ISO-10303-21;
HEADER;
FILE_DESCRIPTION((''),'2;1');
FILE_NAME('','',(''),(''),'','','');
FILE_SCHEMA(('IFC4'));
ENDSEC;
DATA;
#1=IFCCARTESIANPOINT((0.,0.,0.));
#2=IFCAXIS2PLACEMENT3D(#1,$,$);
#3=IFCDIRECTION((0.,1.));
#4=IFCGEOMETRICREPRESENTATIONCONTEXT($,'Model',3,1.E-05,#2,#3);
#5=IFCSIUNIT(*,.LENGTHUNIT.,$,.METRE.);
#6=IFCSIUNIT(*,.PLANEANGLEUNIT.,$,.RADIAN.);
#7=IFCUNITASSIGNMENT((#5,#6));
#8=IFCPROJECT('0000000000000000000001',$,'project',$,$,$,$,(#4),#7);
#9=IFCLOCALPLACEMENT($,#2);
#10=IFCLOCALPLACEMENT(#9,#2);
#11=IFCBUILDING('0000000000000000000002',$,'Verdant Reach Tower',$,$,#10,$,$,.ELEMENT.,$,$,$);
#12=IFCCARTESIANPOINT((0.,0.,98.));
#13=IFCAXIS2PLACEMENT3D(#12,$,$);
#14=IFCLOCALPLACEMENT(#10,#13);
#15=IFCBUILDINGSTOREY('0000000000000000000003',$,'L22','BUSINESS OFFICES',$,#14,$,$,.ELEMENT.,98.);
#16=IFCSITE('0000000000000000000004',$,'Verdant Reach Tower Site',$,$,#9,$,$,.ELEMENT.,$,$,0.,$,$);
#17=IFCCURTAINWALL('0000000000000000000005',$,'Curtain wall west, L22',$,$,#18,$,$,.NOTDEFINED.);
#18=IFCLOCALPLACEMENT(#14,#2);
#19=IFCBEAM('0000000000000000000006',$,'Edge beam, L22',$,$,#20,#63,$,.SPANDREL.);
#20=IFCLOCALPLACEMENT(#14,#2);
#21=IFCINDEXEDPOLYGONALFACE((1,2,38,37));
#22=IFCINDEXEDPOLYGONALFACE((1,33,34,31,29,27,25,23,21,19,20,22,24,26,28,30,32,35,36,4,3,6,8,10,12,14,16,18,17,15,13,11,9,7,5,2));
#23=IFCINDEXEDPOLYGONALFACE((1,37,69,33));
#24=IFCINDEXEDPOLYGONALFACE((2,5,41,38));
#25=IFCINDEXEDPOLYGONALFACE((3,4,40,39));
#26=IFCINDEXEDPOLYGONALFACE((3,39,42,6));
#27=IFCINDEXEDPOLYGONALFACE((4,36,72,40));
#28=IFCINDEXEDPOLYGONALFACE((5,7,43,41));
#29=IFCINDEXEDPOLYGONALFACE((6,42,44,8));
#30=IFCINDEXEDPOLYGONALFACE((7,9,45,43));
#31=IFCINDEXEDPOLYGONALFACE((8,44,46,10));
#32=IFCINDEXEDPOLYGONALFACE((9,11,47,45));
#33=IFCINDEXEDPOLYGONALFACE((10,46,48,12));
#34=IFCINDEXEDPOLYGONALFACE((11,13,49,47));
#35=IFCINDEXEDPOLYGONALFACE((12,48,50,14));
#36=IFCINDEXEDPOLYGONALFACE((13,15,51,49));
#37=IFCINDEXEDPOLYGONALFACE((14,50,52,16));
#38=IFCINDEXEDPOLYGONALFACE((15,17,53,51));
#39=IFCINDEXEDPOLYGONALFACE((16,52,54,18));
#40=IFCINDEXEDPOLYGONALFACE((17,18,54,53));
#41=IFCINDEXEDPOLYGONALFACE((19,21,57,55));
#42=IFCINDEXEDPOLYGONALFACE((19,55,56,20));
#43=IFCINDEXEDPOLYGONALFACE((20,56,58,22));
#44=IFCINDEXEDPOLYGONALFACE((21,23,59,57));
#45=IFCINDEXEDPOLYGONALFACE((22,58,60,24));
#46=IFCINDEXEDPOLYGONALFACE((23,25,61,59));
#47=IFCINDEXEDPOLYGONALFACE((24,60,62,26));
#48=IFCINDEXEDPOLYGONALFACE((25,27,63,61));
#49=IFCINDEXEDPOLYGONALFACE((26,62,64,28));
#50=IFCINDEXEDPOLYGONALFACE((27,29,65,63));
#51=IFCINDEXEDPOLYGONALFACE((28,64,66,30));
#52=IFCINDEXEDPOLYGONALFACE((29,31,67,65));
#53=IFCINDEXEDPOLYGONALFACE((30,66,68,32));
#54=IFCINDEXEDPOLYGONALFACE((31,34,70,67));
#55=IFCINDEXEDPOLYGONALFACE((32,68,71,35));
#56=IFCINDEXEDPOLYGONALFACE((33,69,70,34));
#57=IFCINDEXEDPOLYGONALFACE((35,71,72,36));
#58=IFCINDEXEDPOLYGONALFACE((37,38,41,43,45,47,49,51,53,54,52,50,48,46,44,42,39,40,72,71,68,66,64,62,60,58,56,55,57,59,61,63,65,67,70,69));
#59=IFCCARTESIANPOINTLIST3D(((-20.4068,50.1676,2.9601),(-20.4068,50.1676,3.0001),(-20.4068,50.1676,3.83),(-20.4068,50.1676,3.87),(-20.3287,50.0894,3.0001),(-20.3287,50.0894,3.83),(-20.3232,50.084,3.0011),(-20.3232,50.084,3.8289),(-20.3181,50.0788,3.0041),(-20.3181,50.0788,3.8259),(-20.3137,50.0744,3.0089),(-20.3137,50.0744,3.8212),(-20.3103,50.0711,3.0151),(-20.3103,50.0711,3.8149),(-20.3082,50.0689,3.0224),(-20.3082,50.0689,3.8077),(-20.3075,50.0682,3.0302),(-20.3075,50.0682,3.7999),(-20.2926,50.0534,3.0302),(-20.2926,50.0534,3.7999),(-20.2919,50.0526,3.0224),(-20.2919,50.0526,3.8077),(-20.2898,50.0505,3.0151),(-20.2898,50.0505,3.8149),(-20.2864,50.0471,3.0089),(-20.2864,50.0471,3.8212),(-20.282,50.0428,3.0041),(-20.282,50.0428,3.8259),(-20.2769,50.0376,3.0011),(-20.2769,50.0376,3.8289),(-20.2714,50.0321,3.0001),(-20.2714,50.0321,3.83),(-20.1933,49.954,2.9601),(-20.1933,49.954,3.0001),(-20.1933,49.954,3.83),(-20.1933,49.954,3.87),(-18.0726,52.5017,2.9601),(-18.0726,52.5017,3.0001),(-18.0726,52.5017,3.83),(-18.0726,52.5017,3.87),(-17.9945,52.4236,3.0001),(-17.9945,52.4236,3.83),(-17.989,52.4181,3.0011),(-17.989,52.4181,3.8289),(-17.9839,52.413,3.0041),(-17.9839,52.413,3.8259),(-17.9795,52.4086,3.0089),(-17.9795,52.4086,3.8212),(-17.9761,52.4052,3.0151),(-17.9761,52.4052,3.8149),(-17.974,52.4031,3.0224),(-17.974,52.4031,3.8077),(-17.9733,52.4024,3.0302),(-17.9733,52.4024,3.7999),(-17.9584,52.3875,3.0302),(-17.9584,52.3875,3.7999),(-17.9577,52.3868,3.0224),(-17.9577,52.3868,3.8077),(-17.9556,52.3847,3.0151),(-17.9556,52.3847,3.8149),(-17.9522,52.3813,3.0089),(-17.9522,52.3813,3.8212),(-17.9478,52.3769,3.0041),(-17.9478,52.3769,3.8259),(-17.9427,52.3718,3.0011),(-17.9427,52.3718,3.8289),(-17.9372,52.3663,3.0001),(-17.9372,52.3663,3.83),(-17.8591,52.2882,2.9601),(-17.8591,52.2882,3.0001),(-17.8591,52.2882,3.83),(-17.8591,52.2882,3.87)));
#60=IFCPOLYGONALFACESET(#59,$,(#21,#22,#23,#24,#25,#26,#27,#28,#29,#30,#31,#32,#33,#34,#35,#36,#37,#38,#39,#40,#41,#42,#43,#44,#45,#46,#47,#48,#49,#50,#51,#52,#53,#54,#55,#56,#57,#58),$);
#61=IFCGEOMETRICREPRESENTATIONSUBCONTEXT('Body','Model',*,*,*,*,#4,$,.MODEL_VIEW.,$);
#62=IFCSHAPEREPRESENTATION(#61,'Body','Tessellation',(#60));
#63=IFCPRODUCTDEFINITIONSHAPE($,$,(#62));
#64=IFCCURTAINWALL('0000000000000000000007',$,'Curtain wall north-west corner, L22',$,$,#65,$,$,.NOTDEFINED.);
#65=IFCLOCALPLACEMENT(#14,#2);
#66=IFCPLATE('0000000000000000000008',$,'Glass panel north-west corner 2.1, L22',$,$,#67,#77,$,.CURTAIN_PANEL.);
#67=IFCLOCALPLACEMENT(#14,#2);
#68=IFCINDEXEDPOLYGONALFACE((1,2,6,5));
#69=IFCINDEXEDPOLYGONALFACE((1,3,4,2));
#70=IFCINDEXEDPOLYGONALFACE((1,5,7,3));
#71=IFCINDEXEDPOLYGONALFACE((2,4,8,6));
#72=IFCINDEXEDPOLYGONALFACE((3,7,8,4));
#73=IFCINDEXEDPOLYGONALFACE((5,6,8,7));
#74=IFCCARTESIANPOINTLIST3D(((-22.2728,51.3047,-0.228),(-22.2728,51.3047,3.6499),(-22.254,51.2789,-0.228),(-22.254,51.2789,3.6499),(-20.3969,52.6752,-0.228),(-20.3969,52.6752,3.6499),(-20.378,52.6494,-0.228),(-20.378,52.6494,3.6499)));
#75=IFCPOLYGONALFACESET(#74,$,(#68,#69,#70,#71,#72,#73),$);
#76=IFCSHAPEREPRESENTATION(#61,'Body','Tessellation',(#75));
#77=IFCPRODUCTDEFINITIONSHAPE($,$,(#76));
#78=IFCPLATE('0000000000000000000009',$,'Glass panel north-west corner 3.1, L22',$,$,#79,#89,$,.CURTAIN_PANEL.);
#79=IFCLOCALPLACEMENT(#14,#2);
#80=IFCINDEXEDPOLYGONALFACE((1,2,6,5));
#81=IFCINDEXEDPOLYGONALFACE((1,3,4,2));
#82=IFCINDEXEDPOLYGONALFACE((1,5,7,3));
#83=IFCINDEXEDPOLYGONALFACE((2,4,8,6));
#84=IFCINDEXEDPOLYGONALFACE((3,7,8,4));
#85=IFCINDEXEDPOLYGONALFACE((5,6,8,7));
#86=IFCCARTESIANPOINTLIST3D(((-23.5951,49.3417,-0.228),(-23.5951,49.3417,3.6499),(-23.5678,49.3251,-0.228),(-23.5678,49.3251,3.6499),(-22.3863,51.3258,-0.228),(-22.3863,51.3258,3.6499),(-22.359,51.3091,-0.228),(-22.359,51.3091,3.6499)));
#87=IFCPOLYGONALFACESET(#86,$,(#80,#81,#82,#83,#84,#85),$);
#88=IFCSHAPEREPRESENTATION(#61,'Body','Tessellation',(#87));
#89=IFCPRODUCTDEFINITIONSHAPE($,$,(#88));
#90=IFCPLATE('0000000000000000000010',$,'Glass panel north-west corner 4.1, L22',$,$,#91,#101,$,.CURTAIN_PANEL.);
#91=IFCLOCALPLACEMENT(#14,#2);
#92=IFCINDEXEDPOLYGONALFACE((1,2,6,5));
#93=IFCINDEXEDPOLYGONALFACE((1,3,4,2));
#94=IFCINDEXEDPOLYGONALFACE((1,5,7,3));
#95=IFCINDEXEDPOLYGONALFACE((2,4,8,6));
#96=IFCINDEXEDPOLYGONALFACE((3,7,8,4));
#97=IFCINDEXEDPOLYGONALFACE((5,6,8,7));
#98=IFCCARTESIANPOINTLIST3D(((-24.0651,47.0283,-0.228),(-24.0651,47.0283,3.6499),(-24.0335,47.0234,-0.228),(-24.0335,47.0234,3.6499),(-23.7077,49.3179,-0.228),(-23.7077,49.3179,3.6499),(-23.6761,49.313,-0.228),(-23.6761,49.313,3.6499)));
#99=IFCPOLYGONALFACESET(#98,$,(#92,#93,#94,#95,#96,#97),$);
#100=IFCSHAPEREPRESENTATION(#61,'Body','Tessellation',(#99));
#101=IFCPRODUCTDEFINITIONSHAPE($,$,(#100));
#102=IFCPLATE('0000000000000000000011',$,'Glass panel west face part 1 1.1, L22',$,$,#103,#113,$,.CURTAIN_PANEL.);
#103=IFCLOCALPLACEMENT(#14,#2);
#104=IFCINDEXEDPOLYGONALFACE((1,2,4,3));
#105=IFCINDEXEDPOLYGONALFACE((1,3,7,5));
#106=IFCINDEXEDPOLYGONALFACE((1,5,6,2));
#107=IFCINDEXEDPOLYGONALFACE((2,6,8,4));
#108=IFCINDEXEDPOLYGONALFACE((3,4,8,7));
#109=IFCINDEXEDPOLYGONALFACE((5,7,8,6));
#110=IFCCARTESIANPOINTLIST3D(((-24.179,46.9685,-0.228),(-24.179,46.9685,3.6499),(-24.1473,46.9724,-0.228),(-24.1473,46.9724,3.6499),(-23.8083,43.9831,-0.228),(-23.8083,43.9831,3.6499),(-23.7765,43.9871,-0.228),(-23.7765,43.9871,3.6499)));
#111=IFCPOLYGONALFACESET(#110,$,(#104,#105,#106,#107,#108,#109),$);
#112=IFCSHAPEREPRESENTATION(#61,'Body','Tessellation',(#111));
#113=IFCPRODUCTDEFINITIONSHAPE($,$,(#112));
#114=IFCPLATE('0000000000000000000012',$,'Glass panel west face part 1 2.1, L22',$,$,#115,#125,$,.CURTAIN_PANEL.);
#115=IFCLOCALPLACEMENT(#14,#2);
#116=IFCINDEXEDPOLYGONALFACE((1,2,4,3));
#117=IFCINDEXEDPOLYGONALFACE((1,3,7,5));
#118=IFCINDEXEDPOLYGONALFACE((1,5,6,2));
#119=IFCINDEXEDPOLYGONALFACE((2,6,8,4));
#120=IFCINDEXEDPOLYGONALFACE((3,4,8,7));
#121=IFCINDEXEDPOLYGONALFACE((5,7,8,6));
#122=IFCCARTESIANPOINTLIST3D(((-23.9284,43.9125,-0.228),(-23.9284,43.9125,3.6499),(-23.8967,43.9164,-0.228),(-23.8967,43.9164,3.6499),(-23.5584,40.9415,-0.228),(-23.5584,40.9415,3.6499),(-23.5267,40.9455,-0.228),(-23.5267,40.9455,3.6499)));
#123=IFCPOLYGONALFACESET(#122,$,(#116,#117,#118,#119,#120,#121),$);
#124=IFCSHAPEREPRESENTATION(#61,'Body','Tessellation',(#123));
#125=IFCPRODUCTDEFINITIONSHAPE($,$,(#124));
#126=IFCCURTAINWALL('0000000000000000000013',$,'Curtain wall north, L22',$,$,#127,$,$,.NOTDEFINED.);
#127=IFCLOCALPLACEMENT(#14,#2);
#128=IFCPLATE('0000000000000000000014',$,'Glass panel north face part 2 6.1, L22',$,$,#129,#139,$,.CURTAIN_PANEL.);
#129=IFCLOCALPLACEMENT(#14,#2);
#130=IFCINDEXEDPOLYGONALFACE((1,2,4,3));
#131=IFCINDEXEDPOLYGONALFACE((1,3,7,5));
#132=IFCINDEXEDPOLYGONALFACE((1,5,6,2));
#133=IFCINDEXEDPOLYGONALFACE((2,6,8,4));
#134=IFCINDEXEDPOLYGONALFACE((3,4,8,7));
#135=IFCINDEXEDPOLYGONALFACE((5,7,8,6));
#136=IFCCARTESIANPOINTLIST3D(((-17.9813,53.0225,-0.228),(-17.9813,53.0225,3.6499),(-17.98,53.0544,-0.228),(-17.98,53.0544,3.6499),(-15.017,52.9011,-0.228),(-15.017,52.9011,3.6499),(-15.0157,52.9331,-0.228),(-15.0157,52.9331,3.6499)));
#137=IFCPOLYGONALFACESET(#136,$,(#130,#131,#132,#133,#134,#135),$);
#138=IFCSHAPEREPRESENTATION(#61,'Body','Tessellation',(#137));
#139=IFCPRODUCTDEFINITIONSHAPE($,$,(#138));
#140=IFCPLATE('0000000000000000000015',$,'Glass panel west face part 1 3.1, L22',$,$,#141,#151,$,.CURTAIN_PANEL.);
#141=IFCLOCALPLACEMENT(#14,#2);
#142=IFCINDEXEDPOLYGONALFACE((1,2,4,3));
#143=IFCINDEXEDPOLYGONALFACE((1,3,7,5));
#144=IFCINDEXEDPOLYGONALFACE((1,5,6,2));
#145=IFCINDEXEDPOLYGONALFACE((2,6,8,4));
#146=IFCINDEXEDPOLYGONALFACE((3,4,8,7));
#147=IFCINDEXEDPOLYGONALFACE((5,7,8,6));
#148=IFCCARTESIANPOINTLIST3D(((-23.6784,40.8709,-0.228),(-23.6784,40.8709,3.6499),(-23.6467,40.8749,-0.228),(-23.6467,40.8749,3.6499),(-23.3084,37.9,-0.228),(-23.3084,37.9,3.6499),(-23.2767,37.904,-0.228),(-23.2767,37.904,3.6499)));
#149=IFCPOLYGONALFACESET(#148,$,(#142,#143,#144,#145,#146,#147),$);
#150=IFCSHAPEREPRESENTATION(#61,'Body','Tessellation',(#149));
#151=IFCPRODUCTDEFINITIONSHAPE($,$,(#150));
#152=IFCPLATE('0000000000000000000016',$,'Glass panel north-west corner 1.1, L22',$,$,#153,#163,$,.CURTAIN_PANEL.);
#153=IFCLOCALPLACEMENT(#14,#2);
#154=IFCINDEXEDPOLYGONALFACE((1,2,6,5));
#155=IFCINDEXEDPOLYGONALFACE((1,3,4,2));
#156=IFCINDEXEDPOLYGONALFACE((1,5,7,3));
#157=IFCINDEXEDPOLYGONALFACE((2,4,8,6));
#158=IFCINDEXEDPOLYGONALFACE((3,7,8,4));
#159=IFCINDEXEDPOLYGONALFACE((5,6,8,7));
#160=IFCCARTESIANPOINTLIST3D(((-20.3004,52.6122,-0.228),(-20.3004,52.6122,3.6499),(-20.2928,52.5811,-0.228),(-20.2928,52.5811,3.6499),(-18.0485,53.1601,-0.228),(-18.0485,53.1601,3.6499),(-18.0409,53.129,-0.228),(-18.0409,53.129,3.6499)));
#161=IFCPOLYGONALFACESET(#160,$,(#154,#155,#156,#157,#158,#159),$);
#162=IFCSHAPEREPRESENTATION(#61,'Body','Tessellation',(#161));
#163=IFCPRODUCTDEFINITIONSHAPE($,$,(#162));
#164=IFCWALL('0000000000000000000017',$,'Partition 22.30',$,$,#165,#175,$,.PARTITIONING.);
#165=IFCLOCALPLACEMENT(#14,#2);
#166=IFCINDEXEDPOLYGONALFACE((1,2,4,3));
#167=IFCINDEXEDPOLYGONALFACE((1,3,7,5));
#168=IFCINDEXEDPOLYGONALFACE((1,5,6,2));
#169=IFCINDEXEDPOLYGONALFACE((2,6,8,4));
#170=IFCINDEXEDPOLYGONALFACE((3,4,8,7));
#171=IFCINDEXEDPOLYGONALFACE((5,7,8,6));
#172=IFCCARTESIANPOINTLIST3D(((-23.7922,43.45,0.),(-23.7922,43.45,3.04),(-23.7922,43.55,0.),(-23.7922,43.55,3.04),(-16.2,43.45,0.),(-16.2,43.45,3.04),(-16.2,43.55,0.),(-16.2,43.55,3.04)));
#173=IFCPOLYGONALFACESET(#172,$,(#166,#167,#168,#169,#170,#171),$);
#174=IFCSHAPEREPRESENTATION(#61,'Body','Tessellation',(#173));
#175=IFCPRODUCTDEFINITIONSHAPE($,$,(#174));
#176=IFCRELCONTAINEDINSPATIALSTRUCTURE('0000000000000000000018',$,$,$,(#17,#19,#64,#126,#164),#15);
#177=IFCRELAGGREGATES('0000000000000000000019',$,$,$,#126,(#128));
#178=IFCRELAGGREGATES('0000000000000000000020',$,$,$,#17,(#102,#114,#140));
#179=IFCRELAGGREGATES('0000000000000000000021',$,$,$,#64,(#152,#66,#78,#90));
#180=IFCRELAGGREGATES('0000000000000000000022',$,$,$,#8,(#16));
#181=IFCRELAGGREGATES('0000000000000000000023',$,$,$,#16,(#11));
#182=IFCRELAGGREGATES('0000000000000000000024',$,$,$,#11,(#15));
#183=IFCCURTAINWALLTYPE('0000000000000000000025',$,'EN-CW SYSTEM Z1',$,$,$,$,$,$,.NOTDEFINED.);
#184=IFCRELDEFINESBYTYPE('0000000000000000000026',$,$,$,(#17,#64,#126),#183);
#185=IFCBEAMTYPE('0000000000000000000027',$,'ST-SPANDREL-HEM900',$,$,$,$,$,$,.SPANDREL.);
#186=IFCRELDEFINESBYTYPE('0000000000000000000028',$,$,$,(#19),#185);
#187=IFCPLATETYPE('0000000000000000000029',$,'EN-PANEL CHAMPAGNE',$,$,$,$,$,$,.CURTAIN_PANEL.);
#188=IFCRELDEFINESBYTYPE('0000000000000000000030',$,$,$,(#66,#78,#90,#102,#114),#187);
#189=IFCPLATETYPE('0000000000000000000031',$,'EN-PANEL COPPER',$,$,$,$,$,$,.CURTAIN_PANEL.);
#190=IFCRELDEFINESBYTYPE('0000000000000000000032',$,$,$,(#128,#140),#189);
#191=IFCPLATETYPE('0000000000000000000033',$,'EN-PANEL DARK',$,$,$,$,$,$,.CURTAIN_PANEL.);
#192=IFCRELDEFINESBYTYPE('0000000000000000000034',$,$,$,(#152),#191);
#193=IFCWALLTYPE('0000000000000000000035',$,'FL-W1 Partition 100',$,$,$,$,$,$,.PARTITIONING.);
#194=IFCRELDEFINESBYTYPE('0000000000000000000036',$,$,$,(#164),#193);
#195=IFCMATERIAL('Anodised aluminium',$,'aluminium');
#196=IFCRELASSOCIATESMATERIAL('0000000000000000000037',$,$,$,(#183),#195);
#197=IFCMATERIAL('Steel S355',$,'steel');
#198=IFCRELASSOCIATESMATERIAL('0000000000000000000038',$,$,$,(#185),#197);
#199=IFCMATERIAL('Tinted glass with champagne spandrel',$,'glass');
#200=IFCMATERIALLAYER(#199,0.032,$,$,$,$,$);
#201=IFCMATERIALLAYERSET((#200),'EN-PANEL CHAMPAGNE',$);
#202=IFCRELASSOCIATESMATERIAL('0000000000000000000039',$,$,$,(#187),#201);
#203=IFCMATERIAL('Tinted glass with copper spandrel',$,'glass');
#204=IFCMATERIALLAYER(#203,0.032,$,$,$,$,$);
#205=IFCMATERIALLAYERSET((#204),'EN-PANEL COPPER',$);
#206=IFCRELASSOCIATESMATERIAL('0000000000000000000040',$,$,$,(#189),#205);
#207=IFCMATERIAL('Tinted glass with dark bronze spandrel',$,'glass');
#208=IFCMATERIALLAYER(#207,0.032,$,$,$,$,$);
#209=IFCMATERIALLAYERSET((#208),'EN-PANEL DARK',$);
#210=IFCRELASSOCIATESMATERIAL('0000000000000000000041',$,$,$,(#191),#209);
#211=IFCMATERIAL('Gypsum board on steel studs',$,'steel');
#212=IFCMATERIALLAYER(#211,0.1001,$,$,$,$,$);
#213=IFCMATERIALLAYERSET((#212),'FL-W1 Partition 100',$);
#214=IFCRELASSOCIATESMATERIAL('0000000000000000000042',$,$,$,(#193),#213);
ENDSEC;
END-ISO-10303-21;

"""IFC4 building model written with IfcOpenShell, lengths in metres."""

from ifc_helpers import new_model, si_unit, direction, frame, frame_2d, origin, origin_2d, place, context, subcontext, project, spatial, rectangle, i_section, extrude, material, layer, layer_set, material_profile, profile_set, type_object, element, aggregate, save


model = new_model("IFC4")

# Units and contexts
model_context = context("Model", 3, precision=1e-05, world=origin(), true_north=direction((0.0, 1.0)))
body_context = subcontext(model_context, "Body", "Model", "MODEL_VIEW")
ifc_project = project(units=[si_unit("LENGTHUNIT", "METRE"), si_unit("PLANEANGLEUNIT", "RADIAN")], contexts=[model_context])

# Site, building, storey
site_placement = place(None, origin())
site = spatial("IfcSite", under=ifc_project, at=site_placement, Name="Verdant Reach Tower Site", CompositionType="ELEMENT", RefElevation=0.0)
building_placement = place(site_placement, origin())
building = spatial("IfcBuilding", under=site, at=building_placement, Name="Verdant Reach Tower", CompositionType="ELEMENT")
storey_placement = place(building_placement, frame((0.0, 0.0, 98.0)))
storey = spatial("IfcBuildingStorey", under=building, at=storey_placement, Name="L22", Description="BUSINESS OFFICES", CompositionType="ELEMENT", Elevation=98.0)

# Curtain wall
ifc_material_1 = material(Name="Anodised aluminium", Category="aluminium")
curtain_wall_type = type_object("IfcCurtainWallType", Name="EN-CW SYSTEM Z1", PredefinedType="NOTDEFINED", material=ifc_material_1)
curtain_wall_1_placement = place(storey_placement, origin())
curtain_wall_1 = element("IfcCurtainWall", 1, at=curtain_wall_1_placement, inside=storey, type_object=curtain_wall_type, Name="Curtain wall west, L22", PredefinedType="NOTDEFINED")

# Beam
ifc_material_2 = material(Name="Steel S355", Category="steel")
ifc_material_profile_1 = material_profile(ifc_material_2, i_section(OverallWidth=0.302, OverallDepth=0.9099, WebThickness=0.021, FlangeThickness=0.04, FilletRadius=0.03, at=origin_2d()), Name="HEM 900")
ifc_profile_set_1 = profile_set([ifc_material_profile_1], Name="Steel S355")
beam_type_1 = type_object("IfcBeamType", Name="ST-SPANDREL-HEM900", PredefinedType="SPANDREL", material=ifc_profile_set_1)
beam_1_placement = place(storey_placement, frame((-20.3, 50.0608, 3.415), z_axis=(0.707107, 0.707107, 0.0), x_axis=(-0.707107, 0.707107, 0.0)))
element("IfcBeam", 2, at=beam_1_placement, inside=storey, type_object=beam_type_1, Name="Edge beam, L22", PredefinedType="SPANDREL", context=body_context, shape_type="SweptSolid", body=[
    extrude(i_section(OverallWidth=0.302, OverallDepth=0.9099, WebThickness=0.021, FlangeThickness=0.04, FilletRadius=0.03, at=origin_2d()), origin(), (0.0, 0.0, 1.0), 3.301),
])

# Curtain wall, plates
curtain_wall_2_placement = place(storey_placement, origin())
curtain_wall_2 = element("IfcCurtainWall", 3, at=curtain_wall_2_placement, inside=storey, type_object=curtain_wall_type, Name="Curtain wall north-west corner, L22", PredefinedType="NOTDEFINED")
ifc_material_3 = material(Name="Tinted glass with champagne spandrel", Category="glass")
ifc_layer_1 = layer(ifc_material_3, 0.032)
ifc_layer_set_1 = layer_set([ifc_layer_1], Name="EN-PANEL CHAMPAGNE")
plate_type_1 = type_object("IfcPlateType", Name="EN-PANEL CHAMPAGNE", PredefinedType="CURTAIN_PANEL", material=ifc_layer_set_1)
plate_1_placement = place(storey_placement, frame((-21.3254, 51.9771, -0.228), z_axis=(0.0, 0.0, 1.0), x_axis=(-0.807457, -0.589927, 0.0)))
plate_1 = element("IfcPlate", 4, at=plate_1_placement, type_object=plate_type_1, Name="Glass panel north-west corner 2.1, L22", PredefinedType="CURTAIN_PANEL", context=body_context, shape_type="SweptSolid", body=[
    extrude(rectangle(XDim=2.3232, YDim=0.032, at=origin_2d()), origin(), (0.0, 0.0, 1.0), 3.8779),
])
plate_2_placement = place(storey_placement, frame((-22.9771, 50.3254, -0.228), z_axis=(0.0, 0.0, 1.0), x_axis=(-0.520292, -0.853989, 0.0)))
plate_2 = element("IfcPlate", 5, at=plate_2_placement, type_object=plate_type_1, Name="Glass panel north-west corner 3.1, L22", PredefinedType="CURTAIN_PANEL", context=body_context, shape_type="SweptSolid", body=[
    extrude(rectangle(XDim=2.3232, YDim=0.032, at=origin_2d()), origin(), (0.0, 0.0, 1.0), 3.8779),
])
plate_3_placement = place(storey_placement, frame((-23.8706, 48.1707, -0.228), z_axis=(0.0, 0.0, 1.0), x_axis=(-0.154248, -0.988032, 0.0)))
plate_3 = element("IfcPlate", 6, at=plate_3_placement, type_object=plate_type_1, Name="Glass panel north-west corner 4.1, L22", PredefinedType="CURTAIN_PANEL", context=body_context, shape_type="SweptSolid", body=[
    extrude(rectangle(XDim=2.3174, YDim=0.032, at=origin_2d()), origin(), (0.0, 0.0, 1.0), 3.8779),
])

# Plates
plate_4_placement = place(storey_placement, frame((-23.9778, 45.4778, -0.228), z_axis=(0.0, 0.0, 1.0), x_axis=(0.123256, -0.992375, 0.0)))
plate_4 = element("IfcPlate", 7, at=plate_4_placement, type_object=plate_type_1, Name="Glass panel west face part 1 1.1, L22", PredefinedType="CURTAIN_PANEL", context=body_context, shape_type="SweptSolid", body=[
    extrude(rectangle(XDim=3.0083, YDim=0.032, at=origin_2d()), origin(), (0.0, 0.0, 1.0), 3.8779),
])
plate_5_placement = place(storey_placement, frame((-23.7275, 42.429, -0.228), z_axis=(0.0, 0.0, 1.0), x_axis=(0.123579, -0.992335, 0.0)))
plate_5 = element("IfcPlate", 8, at=plate_5_placement, type_object=plate_type_1, Name="Glass panel west face part 1 2.1, L22", PredefinedType="CURTAIN_PANEL", context=body_context, shape_type="SweptSolid", body=[
    extrude(rectangle(XDim=2.9939, YDim=0.032, at=origin_2d()), origin(), (0.0, 0.0, 1.0), 3.8779),
])

# Curtain wall, plate
curtain_wall_3_placement = place(storey_placement, origin())
curtain_wall_3 = element("IfcCurtainWall", 9, at=curtain_wall_3_placement, inside=storey, type_object=curtain_wall_type, Name="Curtain wall north, L22", PredefinedType="NOTDEFINED")
ifc_material_4 = material(Name="Tinted glass with copper spandrel", Category="glass")
ifc_layer_2 = layer(ifc_material_4, 0.032)
ifc_layer_set_2 = layer_set([ifc_layer_2], Name="EN-PANEL COPPER")
plate_type_2 = type_object("IfcPlateType", Name="EN-PANEL COPPER", PredefinedType="CURTAIN_PANEL", material=ifc_layer_set_2)
plate_6_placement = place(storey_placement, frame((-16.4985, 52.9778, -0.228), z_axis=(0.0, 0.0, 1.0), x_axis=(-0.999163, 0.04091, 0.0)))
plate_6 = element("IfcPlate", 10, at=plate_6_placement, type_object=plate_type_2, Name="Glass panel north face part 2 6.1, L22", PredefinedType="CURTAIN_PANEL", context=body_context, shape_type="SweptSolid", body=[
    extrude(rectangle(XDim=2.9668, YDim=0.032, at=origin_2d()), origin(), (0.0, 0.0, 1.0), 3.8779),
])
aggregate(curtain_wall_3, [plate_6])

# Plates
plate_7_placement = place(storey_placement, frame((-23.4775, 39.3875, -0.228), z_axis=(0.0, 0.0, 1.0), x_axis=(0.123579, -0.992335, 0.0)))
plate_7 = element("IfcPlate", 11, at=plate_7_placement, type_object=plate_type_2, Name="Glass panel west face part 1 3.1, L22", PredefinedType="CURTAIN_PANEL", context=body_context, shape_type="SweptSolid", body=[
    extrude(rectangle(XDim=2.9939, YDim=0.032, at=origin_2d()), origin(), (0.0, 0.0, 1.0), 3.8779),
])
aggregate(curtain_wall_1, [plate_4, plate_5, plate_7])
ifc_material_5 = material(Name="Tinted glass with dark bronze spandrel", Category="glass")
ifc_layer_3 = layer(ifc_material_5, 0.032)
ifc_layer_set_3 = layer_set([ifc_layer_3], Name="EN-PANEL DARK")
plate_type_3 = type_object("IfcPlateType", Name="EN-PANEL DARK", PredefinedType="CURTAIN_PANEL", material=ifc_layer_set_3)
plate_8_placement = place(storey_placement, frame((-19.1707, 52.8706, -0.228), z_axis=(0.0, 0.0, 1.0), x_axis=(-0.971661, -0.23638, 0.0)))
plate_8 = element("IfcPlate", 12, at=plate_8_placement, type_object=plate_type_3, Name="Glass panel north-west corner 1.1, L22", PredefinedType="CURTAIN_PANEL", context=body_context, shape_type="SweptSolid", body=[
    extrude(rectangle(XDim=2.3176, YDim=0.032, at=origin_2d()), origin(), (0.0, 0.0, 1.0), 3.8779),
])
aggregate(curtain_wall_2, [plate_8, plate_1, plate_2, plate_3])

# Wall
ifc_material_6 = material(Name="Gypsum board on steel studs", Category="steel")
ifc_layer_4 = layer(ifc_material_6, 0.1001)
ifc_layer_set_4 = layer_set([ifc_layer_4], Name="FL-W1 Partition 100")
wall_type_1 = type_object("IfcWallType", Name="FL-W1 Partition 100", PredefinedType="PARTITIONING", material=ifc_layer_set_4)
wall_1_placement = place(storey_placement, frame((-16.2, 43.5, 0.0), z_axis=(0.0, 0.0, 1.0), x_axis=(-1.0, 0.0, 0.0)))
element("IfcWall", 13, at=wall_1_placement, inside=storey, type_object=wall_type_1, Name="Partition 22.30", PredefinedType="PARTITIONING", context=body_context, shape_type="SweptSolid", body=[
    extrude(rectangle(XDim=7.5923, YDim=0.1001, at=frame_2d((3.7961, 0.0))), origin(), (0.0, 0.0, 1.0), 3.04),
])

save(model, "model.ifc")
